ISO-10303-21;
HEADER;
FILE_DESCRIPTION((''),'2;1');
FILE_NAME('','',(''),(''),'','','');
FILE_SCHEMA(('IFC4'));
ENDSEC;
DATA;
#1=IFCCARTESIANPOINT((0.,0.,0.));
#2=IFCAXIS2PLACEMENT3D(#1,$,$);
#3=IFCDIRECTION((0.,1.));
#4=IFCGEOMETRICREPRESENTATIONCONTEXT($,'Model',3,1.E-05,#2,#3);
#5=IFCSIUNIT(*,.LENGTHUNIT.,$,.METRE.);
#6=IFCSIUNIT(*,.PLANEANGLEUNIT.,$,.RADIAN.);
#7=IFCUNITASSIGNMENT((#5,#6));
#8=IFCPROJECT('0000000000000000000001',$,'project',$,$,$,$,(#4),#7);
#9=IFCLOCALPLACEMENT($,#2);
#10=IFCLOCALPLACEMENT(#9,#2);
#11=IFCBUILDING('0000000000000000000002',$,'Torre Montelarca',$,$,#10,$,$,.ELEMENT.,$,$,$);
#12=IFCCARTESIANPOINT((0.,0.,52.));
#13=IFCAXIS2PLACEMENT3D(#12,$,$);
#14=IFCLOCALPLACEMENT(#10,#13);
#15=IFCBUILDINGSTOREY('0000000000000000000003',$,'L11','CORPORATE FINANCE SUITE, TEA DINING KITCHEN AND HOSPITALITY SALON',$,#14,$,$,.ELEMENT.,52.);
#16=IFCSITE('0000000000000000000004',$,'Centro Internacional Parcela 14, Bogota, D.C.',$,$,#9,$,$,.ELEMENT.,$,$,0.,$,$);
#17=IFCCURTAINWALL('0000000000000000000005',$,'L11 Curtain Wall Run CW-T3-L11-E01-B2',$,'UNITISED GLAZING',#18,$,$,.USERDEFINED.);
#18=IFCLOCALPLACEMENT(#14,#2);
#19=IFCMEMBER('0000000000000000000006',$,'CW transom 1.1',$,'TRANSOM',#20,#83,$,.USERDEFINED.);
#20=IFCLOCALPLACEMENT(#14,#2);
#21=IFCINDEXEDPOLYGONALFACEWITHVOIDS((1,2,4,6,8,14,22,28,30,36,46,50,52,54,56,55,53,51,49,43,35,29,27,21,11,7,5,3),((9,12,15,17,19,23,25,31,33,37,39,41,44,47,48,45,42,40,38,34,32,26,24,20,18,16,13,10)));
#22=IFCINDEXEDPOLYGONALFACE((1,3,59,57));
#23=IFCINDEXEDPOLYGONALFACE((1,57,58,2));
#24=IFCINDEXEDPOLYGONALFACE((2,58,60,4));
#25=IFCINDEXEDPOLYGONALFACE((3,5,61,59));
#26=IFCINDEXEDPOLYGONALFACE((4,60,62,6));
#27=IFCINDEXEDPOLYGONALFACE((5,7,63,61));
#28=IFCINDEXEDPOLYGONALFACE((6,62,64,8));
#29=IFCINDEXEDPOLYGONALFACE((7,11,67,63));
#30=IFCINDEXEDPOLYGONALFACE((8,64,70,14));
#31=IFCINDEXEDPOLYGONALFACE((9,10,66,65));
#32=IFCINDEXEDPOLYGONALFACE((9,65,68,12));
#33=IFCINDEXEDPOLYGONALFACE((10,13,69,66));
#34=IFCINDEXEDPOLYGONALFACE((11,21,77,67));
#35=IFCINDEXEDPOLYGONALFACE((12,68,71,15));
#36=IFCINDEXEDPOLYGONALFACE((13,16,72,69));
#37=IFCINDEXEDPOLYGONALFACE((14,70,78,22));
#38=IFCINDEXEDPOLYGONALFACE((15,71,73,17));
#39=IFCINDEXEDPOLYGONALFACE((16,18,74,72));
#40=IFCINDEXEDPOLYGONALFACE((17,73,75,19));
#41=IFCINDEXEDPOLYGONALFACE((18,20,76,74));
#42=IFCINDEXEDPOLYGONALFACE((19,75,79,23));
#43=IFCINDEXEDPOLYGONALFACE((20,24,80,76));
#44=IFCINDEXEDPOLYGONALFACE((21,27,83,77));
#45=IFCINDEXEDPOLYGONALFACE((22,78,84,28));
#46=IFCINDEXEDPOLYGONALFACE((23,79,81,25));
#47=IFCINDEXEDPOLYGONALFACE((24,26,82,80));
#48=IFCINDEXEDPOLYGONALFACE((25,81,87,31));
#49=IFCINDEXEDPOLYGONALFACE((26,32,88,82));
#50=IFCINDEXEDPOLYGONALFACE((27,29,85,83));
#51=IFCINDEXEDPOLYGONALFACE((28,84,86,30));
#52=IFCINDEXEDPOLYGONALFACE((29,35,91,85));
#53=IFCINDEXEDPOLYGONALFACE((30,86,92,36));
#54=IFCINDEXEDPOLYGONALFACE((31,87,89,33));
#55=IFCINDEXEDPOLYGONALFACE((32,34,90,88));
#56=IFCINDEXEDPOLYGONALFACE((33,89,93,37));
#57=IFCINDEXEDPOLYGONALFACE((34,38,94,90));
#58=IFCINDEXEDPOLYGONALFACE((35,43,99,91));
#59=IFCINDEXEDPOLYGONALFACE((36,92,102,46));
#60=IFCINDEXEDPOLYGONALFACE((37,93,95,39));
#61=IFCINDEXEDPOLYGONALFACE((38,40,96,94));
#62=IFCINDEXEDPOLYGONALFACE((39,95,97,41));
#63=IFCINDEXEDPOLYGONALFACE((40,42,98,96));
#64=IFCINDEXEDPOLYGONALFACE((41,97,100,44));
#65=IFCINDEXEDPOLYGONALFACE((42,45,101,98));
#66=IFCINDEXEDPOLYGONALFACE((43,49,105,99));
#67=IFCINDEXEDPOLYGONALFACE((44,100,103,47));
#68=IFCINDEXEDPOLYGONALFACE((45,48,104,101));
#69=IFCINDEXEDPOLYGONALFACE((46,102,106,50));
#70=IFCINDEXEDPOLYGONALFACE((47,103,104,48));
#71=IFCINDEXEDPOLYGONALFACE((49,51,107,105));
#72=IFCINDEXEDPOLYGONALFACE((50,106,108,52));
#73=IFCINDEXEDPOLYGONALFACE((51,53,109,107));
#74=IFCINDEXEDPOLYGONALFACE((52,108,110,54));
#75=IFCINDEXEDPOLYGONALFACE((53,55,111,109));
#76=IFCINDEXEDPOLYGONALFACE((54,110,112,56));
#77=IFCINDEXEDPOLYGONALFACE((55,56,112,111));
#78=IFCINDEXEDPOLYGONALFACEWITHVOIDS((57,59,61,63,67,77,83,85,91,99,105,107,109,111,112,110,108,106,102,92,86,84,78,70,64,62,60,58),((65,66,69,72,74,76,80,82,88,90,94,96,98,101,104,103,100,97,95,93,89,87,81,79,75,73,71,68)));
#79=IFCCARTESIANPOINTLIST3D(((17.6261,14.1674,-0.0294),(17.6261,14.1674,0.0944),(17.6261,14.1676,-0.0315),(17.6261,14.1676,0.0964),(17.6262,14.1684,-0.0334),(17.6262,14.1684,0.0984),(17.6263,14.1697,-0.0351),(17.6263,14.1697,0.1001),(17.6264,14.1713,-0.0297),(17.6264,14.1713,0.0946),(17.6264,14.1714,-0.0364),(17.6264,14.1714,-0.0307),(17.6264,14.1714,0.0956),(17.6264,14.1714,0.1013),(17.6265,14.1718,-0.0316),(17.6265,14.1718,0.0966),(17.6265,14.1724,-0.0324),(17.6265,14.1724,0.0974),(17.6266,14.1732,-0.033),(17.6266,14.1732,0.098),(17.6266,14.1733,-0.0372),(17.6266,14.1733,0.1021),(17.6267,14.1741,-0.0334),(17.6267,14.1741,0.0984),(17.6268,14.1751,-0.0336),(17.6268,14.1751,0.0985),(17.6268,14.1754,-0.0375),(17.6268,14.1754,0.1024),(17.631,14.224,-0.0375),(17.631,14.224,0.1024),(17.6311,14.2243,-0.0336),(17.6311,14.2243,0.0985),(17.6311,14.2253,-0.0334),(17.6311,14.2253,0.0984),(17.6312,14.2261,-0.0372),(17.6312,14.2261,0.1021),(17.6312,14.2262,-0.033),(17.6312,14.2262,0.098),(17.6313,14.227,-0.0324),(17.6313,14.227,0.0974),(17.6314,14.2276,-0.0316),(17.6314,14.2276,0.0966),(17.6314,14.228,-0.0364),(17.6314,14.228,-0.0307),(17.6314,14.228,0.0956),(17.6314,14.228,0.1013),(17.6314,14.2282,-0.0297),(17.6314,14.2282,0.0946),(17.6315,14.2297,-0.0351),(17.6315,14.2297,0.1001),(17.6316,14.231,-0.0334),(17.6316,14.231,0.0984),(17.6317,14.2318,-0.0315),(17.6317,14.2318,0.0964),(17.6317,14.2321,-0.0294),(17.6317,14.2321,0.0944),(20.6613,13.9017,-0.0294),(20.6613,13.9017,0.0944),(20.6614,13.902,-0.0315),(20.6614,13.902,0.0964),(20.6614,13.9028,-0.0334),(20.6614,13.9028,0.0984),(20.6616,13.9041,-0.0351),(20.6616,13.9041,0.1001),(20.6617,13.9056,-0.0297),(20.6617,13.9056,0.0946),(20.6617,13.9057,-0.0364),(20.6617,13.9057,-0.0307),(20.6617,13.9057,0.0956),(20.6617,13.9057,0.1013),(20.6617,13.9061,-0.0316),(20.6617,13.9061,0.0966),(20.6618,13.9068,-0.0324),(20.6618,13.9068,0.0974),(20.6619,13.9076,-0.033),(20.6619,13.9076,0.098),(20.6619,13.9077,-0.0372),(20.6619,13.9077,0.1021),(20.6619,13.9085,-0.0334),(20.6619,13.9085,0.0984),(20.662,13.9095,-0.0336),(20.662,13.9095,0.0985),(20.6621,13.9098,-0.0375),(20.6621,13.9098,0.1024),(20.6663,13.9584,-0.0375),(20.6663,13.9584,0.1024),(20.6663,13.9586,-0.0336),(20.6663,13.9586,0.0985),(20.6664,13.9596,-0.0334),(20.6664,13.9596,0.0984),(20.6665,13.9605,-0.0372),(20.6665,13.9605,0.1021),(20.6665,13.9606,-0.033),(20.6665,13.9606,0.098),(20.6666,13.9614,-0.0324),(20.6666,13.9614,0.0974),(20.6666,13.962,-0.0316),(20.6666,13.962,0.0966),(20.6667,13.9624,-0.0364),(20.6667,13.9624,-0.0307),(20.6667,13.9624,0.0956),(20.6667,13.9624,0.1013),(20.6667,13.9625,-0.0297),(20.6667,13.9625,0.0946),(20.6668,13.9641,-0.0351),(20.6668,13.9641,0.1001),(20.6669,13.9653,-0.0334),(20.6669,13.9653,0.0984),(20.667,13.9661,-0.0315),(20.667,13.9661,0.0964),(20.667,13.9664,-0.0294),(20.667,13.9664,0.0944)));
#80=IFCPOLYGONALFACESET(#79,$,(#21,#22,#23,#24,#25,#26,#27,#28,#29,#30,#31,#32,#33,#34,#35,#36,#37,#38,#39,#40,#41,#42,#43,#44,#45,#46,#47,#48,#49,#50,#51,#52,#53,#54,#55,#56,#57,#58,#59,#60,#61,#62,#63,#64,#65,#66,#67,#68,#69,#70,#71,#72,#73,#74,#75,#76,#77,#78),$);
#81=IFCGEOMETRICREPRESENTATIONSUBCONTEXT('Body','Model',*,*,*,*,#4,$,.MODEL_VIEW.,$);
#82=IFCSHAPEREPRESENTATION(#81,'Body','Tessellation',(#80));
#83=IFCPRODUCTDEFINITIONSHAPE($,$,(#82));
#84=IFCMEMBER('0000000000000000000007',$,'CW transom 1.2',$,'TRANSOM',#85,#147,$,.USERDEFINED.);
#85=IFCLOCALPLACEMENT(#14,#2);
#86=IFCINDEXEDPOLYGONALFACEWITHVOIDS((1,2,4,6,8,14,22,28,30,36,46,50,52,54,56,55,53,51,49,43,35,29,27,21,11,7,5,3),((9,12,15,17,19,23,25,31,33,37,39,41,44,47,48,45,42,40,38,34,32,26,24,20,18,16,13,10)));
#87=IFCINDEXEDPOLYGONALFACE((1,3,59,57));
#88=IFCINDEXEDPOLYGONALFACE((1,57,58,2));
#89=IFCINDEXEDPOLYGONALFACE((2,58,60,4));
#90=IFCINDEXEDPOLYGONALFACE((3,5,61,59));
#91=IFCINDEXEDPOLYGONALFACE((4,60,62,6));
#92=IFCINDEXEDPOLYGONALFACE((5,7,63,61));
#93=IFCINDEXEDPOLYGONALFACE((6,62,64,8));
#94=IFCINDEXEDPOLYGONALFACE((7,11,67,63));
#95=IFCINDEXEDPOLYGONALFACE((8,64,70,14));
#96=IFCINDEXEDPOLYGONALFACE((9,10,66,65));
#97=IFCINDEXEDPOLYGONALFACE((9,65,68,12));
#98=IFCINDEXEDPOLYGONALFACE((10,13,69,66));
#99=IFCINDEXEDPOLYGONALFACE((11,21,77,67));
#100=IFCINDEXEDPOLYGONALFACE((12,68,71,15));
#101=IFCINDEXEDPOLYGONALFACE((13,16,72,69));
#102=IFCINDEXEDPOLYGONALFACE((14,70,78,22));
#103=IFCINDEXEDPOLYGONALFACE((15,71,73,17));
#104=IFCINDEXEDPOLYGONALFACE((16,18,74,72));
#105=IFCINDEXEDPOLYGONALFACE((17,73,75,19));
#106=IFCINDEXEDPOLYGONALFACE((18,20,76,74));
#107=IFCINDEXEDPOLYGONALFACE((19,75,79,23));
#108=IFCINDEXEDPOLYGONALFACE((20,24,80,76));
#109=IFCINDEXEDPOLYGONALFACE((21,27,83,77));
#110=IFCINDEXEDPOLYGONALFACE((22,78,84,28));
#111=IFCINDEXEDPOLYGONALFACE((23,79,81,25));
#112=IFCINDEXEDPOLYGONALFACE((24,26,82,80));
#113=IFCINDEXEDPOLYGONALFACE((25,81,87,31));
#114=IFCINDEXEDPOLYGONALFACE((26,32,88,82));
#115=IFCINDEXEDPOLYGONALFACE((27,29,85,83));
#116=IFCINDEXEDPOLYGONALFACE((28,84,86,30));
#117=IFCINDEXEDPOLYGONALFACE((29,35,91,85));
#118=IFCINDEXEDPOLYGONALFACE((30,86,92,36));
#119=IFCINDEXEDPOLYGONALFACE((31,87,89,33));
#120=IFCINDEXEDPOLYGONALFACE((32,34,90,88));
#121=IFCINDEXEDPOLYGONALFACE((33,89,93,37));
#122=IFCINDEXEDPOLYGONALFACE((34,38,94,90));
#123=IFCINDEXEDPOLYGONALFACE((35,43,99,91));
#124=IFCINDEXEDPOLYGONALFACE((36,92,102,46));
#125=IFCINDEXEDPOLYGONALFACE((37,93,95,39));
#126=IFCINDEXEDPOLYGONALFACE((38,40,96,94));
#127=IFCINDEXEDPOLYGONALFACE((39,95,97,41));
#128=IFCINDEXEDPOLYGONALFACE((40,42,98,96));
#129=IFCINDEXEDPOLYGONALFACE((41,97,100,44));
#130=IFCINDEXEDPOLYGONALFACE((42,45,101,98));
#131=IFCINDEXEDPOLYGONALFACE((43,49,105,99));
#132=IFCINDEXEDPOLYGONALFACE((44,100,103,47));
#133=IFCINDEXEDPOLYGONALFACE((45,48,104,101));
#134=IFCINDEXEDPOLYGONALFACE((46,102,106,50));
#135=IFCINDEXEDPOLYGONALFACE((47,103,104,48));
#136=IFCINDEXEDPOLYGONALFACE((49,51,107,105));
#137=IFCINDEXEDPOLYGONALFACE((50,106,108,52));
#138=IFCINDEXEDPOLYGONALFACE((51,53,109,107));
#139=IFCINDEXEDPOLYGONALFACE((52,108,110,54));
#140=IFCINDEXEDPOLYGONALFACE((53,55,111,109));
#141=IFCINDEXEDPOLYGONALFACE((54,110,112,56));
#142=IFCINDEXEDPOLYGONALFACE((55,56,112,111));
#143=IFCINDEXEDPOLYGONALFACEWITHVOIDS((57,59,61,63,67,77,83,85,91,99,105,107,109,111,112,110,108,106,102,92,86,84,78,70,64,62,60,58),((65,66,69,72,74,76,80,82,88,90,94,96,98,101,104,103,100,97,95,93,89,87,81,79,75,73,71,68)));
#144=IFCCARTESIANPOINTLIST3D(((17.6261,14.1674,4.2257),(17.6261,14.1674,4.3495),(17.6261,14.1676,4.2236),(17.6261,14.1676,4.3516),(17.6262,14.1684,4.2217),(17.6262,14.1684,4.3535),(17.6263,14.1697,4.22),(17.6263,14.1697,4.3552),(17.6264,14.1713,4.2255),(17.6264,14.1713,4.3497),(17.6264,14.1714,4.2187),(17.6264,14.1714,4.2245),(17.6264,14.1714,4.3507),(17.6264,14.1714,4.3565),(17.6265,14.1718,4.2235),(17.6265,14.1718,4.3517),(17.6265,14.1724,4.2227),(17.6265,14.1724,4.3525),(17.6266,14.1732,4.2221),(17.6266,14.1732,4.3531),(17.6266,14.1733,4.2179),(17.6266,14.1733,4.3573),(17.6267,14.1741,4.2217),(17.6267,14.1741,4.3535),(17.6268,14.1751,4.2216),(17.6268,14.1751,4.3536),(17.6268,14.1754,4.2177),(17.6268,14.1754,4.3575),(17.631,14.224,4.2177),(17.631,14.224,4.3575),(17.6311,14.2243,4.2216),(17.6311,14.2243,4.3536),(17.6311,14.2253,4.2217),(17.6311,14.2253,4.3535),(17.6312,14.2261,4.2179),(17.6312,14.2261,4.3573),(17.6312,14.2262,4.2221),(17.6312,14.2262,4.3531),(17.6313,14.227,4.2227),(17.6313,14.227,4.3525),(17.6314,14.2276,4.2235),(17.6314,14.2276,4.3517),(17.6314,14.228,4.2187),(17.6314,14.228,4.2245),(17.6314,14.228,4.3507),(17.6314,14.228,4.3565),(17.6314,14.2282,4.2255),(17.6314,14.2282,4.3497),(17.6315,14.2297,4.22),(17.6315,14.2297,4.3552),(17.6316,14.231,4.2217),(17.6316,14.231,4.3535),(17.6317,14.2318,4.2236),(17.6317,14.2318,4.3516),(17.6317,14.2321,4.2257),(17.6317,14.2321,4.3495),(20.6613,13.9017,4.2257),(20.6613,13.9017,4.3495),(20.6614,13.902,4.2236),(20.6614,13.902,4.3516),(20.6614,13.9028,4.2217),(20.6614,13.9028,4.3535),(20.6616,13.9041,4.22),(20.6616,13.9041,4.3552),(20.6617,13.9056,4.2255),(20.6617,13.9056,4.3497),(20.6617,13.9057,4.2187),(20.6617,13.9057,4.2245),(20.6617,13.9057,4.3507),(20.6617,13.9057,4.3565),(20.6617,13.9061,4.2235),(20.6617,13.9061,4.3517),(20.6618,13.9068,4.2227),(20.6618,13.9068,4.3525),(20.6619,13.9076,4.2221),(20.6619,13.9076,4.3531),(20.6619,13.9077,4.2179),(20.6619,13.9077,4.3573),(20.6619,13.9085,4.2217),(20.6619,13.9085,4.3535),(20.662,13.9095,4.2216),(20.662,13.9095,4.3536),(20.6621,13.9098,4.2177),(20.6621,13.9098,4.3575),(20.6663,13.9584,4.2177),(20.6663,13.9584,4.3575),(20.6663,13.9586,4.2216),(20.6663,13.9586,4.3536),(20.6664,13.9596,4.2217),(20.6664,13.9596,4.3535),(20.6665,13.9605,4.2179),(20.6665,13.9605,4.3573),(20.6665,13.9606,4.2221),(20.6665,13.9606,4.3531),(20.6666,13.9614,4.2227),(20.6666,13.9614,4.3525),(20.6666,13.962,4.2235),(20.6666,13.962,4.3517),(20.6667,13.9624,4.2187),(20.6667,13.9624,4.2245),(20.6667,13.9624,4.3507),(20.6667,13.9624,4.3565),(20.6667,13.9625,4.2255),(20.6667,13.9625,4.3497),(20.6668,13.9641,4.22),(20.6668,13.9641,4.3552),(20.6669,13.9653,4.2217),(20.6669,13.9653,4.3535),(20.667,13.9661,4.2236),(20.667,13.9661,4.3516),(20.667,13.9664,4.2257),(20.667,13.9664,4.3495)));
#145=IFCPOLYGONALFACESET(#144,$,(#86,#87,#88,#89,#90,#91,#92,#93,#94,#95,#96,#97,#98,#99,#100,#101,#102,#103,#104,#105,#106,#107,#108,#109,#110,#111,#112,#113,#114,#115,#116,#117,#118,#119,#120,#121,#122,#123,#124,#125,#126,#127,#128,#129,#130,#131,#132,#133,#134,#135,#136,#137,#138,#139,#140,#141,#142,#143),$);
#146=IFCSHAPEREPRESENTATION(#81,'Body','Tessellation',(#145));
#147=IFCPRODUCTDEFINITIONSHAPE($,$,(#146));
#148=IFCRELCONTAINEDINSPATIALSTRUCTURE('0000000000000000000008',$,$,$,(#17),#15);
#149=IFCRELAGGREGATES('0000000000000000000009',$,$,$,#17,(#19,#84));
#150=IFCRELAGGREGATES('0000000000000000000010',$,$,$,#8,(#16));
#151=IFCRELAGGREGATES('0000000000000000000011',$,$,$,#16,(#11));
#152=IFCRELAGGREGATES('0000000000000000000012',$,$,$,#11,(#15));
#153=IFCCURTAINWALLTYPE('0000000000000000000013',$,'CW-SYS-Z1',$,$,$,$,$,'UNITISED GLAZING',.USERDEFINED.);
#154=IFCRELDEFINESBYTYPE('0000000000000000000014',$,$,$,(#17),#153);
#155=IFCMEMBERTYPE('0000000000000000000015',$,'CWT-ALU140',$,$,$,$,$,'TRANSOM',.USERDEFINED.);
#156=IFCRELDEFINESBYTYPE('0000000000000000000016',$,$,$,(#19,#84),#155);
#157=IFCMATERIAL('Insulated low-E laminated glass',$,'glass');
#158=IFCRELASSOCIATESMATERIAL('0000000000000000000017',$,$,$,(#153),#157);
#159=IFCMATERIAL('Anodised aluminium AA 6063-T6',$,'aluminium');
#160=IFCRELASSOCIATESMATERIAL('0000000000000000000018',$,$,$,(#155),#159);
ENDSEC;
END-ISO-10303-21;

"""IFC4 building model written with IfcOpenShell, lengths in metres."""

from ifc_helpers import new_model, si_unit, direction, frame, origin, origin_2d, place, context, subcontext, project, spatial, hollow_rectangle, extrude, source, transform, mapped, material, material_profile, profile_set, type_object, element, aggregate, save


model = new_model("IFC4")

# Units and contexts
model_context = context("Model", 3, precision=1e-05, world=origin(), true_north=direction((0.0, 1.0)))
body_context = subcontext(model_context, "Body", "Model", "MODEL_VIEW")
ifc_project = project(units=[si_unit("LENGTHUNIT", "METRE"), si_unit("PLANEANGLEUNIT", "RADIAN")], contexts=[model_context])

# Site, building, storey
site_placement = place(None, origin())
site = spatial("IfcSite", under=ifc_project, at=site_placement, Name="Centro Internacional Parcela 14, Bogota, D.C.", CompositionType="ELEMENT", RefElevation=0.0)
building_placement = place(site_placement, origin())
building = spatial("IfcBuilding", under=site, at=building_placement, Name="Torre Montelarca", CompositionType="ELEMENT")
storey_placement = place(building_placement, frame((0.0, 0.0, 52.0)))
storey = spatial("IfcBuildingStorey", under=building, at=storey_placement, Name="L11", Description="CORPORATE FINANCE SUITE, TEA DINING KITCHEN AND HOSPITALITY SALON", CompositionType="ELEMENT", Elevation=52.0)

# Curtain wall
ifc_material_1 = material(Name="Insulated low-E laminated glass", Category="glass")
curtain_wall_type = type_object("IfcCurtainWallType", Name="CW-SYS-Z1", ElementType="UNITISED GLAZING", PredefinedType="USERDEFINED", material=ifc_material_1)
ifc_material_2 = material(Name="Anodised aluminium AA 6063-T6", Category="aluminium")
curtain_wall_1_placement = place(storey_placement, origin())
curtain_wall_1 = element("IfcCurtainWall", 1, at=curtain_wall_1_placement, inside=storey, type_object=curtain_wall_type, Name="L11 Curtain Wall Run CW-T3-L11-E01-B2", ObjectType="UNITISED GLAZING", PredefinedType="USERDEFINED")

# Members
ifc_material_profile_1 = material_profile(ifc_material_2, hollow_rectangle(XDim=0.0649, YDim=0.1399, WallThickness=0.0039, InnerFilletRadius=0.0039, OuterFilletRadius=0.0081, at=origin_2d()), Name="ALU65X140X4", Category="aluminium")
ifc_profile_set_1 = profile_set([ifc_material_profile_1], Name="Anodised aluminium AA 6063-T6")
member_type_1 = type_object("IfcMemberType", Name="CWT-ALU140", ElementType="TRANSOM", PredefinedType="USERDEFINED", material=ifc_profile_set_1)
shared_shape_1 = source(origin(), body_context, "Body", "SweptSolid", [
    extrude(hollow_rectangle(XDim=0.0649, YDim=0.1399, WallThickness=0.0039, InnerFilletRadius=0.0039, OuterFilletRadius=0.0081, at=origin_2d()), origin(), (0.0, 0.0, 1.0), 3.0469),
])
member_1_placement = place(storey_placement, frame((17.6289, 14.1997, 0.0325), z_axis=(0.996192, -0.087183, 0.0), x_axis=(0.087183, 0.996192, 0.0)))
member_1 = element("IfcMember", 2, at=member_1_placement, type_object=member_type_1, Name="CW transom 1.1", ObjectType="TRANSOM", PredefinedType="USERDEFINED", context=body_context, shape_type="MappedRepresentation", body=[
    mapped(shared_shape_1, transform((0.0, 0.0, 0.0), scale=1.0)),
])
member_2_placement = place(storey_placement, frame((17.6289, 14.1997, 4.2876), z_axis=(0.996192, -0.087183, 0.0), x_axis=(0.087183, 0.996192, 0.0)))
member_2 = element("IfcMember", 3, at=member_2_placement, type_object=member_type_1, Name="CW transom 1.2", ObjectType="TRANSOM", PredefinedType="USERDEFINED", context=body_context, shape_type="MappedRepresentation", body=[
    mapped(shared_shape_1, transform((0.0, 0.0, 0.0), scale=1.0)),
])

aggregate(curtain_wall_1, [member_1, member_2])

save(model, "model.ifc")
